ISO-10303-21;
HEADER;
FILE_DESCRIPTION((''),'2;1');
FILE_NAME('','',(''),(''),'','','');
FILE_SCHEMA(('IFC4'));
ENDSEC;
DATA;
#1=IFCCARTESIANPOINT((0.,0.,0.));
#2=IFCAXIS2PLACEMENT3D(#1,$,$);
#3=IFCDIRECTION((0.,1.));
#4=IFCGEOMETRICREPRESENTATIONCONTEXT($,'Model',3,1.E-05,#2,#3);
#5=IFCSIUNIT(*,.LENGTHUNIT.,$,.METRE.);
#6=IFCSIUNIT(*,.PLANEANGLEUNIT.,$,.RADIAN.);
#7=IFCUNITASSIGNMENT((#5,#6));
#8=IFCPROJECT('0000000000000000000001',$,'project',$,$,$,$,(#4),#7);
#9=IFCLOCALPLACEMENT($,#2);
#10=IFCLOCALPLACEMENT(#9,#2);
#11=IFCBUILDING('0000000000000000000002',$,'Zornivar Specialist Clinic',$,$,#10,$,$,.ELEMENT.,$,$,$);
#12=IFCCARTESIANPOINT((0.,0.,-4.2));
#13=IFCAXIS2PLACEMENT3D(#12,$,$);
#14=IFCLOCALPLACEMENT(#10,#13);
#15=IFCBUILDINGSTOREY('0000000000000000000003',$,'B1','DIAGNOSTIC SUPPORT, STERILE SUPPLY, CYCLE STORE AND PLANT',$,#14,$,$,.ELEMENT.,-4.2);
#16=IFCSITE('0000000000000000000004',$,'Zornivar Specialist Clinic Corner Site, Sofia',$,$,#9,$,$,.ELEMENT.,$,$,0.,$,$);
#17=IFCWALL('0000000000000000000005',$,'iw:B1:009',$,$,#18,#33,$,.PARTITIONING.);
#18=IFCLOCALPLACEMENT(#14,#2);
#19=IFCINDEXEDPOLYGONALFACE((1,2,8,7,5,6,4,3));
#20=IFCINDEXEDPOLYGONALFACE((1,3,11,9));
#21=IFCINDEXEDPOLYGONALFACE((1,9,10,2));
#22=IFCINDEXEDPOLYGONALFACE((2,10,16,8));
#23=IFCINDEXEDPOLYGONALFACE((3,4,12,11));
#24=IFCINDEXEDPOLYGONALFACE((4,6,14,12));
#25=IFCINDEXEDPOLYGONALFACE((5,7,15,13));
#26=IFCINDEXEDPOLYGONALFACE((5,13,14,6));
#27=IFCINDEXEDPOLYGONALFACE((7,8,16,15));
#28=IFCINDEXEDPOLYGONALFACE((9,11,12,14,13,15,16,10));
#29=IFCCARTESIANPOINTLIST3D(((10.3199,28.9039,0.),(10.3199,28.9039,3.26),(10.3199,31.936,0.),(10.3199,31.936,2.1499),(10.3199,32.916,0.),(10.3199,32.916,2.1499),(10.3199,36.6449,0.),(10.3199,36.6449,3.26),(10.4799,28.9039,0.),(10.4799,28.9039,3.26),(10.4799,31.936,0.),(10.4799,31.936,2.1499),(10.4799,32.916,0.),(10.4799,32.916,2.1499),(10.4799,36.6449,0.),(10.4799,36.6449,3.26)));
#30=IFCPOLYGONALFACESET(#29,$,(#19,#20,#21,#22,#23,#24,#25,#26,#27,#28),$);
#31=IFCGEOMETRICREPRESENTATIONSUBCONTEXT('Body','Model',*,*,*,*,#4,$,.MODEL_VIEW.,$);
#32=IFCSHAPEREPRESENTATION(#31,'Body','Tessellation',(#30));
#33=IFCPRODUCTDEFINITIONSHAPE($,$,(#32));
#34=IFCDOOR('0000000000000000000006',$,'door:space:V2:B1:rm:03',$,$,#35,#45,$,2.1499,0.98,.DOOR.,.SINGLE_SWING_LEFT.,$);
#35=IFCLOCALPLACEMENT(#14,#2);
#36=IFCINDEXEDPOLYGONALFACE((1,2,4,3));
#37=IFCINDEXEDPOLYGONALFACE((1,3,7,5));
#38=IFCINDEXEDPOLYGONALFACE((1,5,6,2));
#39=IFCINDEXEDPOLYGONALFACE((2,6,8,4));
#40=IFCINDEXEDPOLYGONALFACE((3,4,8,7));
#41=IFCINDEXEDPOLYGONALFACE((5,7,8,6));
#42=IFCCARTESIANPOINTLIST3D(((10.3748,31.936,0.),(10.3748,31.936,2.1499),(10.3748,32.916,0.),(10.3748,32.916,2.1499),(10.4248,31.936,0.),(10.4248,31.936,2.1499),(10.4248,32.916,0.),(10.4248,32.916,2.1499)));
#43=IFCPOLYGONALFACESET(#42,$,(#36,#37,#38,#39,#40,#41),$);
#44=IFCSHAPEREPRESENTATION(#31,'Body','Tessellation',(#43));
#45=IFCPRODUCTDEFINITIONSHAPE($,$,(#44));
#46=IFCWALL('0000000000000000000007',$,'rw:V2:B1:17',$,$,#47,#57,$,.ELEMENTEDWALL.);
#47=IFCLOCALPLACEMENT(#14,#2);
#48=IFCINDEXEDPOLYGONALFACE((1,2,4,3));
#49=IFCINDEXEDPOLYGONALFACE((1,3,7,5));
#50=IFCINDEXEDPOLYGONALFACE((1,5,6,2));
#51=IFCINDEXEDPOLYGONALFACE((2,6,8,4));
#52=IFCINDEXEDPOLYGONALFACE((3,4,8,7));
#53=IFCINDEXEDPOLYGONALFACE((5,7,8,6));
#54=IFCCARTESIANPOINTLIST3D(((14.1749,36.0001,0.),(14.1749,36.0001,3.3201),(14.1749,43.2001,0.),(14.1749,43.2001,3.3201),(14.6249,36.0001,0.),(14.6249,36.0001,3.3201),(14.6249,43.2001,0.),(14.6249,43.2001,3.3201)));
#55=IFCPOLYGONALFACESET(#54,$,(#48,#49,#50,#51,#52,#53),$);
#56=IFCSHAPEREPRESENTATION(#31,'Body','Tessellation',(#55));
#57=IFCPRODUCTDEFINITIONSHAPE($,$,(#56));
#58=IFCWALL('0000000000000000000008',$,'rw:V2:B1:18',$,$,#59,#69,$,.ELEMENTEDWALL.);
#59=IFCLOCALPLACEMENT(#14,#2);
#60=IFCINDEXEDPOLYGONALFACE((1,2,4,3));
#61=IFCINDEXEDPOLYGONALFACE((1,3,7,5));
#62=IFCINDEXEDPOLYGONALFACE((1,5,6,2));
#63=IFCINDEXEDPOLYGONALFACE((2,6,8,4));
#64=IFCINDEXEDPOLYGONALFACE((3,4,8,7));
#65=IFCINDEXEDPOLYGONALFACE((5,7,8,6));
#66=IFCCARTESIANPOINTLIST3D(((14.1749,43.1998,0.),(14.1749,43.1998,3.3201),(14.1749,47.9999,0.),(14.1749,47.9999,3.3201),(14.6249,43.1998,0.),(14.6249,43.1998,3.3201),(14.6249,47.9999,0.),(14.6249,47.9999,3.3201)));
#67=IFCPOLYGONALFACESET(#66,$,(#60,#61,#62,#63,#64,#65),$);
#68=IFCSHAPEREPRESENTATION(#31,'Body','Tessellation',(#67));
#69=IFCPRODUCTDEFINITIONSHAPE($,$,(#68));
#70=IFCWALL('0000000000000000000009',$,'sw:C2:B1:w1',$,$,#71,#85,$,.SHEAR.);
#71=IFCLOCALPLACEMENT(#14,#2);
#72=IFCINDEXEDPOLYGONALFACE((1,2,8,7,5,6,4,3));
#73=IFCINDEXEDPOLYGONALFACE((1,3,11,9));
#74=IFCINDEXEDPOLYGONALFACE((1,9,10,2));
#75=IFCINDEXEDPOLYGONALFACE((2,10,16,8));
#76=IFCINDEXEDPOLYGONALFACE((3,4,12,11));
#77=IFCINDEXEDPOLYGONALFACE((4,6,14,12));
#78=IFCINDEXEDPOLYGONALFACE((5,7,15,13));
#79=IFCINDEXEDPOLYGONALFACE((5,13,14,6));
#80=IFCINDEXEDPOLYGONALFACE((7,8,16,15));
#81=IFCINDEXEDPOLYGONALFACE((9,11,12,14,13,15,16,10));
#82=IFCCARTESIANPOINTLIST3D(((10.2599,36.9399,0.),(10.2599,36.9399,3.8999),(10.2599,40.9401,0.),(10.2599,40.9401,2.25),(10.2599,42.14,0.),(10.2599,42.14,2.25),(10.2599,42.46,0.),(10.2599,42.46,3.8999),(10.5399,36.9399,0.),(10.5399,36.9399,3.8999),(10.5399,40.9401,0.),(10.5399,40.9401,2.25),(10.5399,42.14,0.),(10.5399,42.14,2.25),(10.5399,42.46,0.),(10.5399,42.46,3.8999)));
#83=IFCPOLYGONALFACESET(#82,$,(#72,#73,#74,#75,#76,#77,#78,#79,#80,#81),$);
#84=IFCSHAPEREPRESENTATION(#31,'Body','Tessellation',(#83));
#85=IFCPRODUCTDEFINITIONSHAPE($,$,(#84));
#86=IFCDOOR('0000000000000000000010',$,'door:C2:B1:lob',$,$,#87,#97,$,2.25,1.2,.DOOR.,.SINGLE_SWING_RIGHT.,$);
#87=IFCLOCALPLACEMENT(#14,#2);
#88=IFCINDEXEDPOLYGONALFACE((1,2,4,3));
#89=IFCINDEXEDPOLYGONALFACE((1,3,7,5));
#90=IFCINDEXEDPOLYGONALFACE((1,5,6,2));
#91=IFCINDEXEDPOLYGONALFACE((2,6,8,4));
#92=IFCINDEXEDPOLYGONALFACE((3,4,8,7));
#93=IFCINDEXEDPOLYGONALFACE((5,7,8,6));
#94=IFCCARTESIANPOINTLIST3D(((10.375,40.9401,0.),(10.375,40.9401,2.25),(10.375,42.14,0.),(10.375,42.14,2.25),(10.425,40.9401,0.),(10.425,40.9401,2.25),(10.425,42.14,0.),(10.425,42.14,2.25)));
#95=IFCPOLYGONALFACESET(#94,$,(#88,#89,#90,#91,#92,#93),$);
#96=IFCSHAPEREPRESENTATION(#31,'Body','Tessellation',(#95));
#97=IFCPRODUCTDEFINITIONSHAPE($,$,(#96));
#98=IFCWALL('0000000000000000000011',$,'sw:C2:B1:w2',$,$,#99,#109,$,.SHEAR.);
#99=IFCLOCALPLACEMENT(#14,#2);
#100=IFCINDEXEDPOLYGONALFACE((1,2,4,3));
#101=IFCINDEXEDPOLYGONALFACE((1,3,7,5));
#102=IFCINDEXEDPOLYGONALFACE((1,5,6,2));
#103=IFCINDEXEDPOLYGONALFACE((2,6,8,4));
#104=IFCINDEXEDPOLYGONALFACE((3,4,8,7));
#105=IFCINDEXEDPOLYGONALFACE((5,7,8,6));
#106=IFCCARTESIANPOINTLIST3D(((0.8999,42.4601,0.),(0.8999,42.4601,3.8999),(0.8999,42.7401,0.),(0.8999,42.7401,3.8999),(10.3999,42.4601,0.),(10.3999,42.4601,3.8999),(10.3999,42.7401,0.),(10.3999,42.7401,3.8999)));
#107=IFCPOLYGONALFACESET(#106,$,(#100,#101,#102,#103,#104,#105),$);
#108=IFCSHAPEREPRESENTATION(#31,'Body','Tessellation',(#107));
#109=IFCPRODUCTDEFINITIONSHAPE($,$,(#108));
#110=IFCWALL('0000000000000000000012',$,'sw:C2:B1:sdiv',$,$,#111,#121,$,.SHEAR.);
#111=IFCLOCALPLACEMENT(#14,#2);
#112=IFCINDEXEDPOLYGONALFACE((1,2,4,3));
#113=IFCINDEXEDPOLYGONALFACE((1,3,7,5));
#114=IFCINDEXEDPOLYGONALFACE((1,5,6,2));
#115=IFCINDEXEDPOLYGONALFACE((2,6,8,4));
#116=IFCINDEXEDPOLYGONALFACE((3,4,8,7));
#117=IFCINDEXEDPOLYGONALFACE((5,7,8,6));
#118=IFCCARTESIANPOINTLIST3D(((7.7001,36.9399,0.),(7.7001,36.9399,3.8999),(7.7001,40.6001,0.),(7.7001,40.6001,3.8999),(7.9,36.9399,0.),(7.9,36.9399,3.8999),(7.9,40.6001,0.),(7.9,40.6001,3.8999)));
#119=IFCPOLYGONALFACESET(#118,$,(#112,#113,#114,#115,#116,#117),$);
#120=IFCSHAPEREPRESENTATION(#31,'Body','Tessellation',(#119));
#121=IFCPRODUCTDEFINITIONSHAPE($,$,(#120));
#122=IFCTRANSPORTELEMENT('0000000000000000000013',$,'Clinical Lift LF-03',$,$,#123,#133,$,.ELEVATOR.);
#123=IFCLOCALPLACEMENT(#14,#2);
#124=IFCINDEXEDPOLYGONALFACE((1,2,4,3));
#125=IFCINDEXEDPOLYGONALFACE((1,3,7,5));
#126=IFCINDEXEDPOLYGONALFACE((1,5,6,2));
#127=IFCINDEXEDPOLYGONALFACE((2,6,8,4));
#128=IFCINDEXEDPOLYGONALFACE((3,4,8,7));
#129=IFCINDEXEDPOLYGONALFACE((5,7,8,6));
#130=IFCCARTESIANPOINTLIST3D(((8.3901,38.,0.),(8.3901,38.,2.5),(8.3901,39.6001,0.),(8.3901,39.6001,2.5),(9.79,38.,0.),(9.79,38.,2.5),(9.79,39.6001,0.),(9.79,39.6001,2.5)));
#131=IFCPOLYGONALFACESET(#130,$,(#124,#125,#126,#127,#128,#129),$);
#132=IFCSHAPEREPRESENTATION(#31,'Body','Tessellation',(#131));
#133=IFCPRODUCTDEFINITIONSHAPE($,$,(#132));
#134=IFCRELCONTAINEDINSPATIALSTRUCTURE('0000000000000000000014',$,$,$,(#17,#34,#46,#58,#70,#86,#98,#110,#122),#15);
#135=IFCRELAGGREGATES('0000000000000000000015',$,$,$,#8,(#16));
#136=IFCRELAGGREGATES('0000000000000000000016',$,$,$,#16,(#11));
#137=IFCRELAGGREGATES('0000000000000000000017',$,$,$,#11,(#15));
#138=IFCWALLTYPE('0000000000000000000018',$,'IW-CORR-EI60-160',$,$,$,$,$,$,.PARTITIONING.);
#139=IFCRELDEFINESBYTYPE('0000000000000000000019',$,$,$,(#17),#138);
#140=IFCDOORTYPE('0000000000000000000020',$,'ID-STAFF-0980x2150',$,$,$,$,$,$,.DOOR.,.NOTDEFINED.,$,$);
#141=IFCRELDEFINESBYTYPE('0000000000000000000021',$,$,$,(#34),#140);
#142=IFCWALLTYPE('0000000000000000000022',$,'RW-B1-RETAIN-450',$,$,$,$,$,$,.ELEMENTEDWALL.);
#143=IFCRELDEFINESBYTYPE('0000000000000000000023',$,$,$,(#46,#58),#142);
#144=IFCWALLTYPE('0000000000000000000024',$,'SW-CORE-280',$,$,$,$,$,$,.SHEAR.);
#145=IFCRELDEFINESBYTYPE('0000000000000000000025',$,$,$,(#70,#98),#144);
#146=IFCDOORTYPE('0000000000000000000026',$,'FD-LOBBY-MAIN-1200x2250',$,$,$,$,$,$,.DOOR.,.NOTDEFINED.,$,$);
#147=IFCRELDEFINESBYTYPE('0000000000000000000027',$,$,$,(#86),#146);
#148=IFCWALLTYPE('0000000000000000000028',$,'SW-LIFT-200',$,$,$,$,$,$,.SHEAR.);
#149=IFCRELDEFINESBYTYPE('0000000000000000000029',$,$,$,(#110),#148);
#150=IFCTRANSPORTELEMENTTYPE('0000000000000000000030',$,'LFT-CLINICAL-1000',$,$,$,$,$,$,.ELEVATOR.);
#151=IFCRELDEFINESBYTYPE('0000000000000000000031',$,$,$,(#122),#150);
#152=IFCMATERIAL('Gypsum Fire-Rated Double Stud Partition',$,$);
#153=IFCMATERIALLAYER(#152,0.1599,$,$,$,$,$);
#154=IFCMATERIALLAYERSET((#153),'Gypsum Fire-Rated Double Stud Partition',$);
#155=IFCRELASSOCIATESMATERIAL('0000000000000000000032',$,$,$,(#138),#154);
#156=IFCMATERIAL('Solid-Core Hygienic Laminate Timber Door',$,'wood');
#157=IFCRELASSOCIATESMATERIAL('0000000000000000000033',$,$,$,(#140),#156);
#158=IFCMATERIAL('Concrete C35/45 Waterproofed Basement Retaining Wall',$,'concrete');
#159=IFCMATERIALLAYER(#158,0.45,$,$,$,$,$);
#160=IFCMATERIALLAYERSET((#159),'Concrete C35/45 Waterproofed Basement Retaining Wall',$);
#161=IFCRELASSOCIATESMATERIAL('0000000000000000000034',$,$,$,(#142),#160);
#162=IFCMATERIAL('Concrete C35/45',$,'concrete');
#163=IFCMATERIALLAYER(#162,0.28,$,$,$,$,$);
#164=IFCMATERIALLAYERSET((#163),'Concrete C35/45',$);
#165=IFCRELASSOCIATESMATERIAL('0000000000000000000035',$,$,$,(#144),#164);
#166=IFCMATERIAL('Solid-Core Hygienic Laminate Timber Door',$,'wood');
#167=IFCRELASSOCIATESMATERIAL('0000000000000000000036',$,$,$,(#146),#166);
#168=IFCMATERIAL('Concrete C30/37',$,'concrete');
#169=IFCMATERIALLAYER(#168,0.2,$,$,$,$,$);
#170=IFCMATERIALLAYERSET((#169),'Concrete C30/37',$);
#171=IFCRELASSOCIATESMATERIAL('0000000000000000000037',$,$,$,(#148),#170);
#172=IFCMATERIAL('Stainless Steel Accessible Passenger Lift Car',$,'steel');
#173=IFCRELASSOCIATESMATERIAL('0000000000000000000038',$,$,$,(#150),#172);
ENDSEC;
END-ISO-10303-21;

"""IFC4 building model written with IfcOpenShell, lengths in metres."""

from ifc_helpers import new_model, si_unit, direction, frame, frame_2d, origin, origin_2d, place, context, subcontext, project, spatial, rectangle, extrude, material, layer, layer_set, type_object, element, fill, save


model = new_model("IFC4")

# Units and contexts
model_context = context("Model", 3, precision=1e-05, world=origin(), true_north=direction((0.0, 1.0)))
body_context = subcontext(model_context, "Body", "Model", "MODEL_VIEW")
ifc_project = project(units=[si_unit("LENGTHUNIT", "METRE"), si_unit("PLANEANGLEUNIT", "RADIAN")], contexts=[model_context])

# Site, building, storey
site_placement = place(None, origin())
site = spatial("IfcSite", under=ifc_project, at=site_placement, Name="Zornivar Specialist Clinic Corner Site, Sofia", CompositionType="ELEMENT", RefElevation=0.0)
building_placement = place(site_placement, origin())
building = spatial("IfcBuilding", under=site, at=building_placement, Name="Zornivar Specialist Clinic", CompositionType="ELEMENT")
storey_placement = place(building_placement, frame((0.0, 0.0, -4.2)))
storey = spatial("IfcBuildingStorey", under=building, at=storey_placement, Name="B1", Description="DIAGNOSTIC SUPPORT, STERILE SUPPLY, CYCLE STORE AND PLANT", CompositionType="ELEMENT", Elevation=-4.2)

# Wall, opening, door
ifc_material_1 = material(Name="Gypsum Fire-Rated Double Stud Partition")
ifc_layer_1 = layer(ifc_material_1, 0.1599)
ifc_layer_set_1 = layer_set([ifc_layer_1], Name="Gypsum Fire-Rated Double Stud Partition")
wall_type_1 = type_object("IfcWallType", Name="IW-CORR-EI60-160", PredefinedType="PARTITIONING", material=ifc_layer_set_1)
wall_1_placement = place(storey_placement, frame((10.3999, 36.645, 0.0), z_axis=(0.0, 0.0, 1.0), x_axis=(0.0, -1.0, 0.0)))
wall_1 = element("IfcWall", 1, at=wall_1_placement, inside=storey, type_object=wall_type_1, Name="iw:B1:009", PredefinedType="PARTITIONING", context=body_context, shape_type="SweptSolid", body=[
    extrude(rectangle(XDim=7.741, YDim=0.1599, at=frame_2d((3.8706, 0.0))), origin(), (0.0, 0.0, 1.0), 3.26),
])
opening_1_placement = place(wall_1_placement, frame((3.729, 0.0, 0.0)))
opening_1 = element("IfcOpeningElement", 2, at=opening_1_placement, cuts=wall_1, PredefinedType="OPENING", context=body_context, shape_type="SweptSolid", body=[
    extrude(rectangle(XDim=0.98, YDim=2.1499, at=frame_2d((0.49, 1.075))), frame((0.0, 0.0898, 0.0), z_axis=(0.0, -1.0, 0.0), x_axis=(1.0, 0.0, 0.0)), (0.0, 0.0, 1.0), 0.1799),
])
ifc_material_2 = material(Name="Solid-Core Hygienic Laminate Timber Door", Category="wood")
door_type_1 = type_object("IfcDoorType", Name="ID-STAFF-0980x2150", OperationType="NOTDEFINED", PredefinedType="DOOR", material=ifc_material_2)
door_1_placement = place(opening_1_placement, origin())
door_1 = element("IfcDoor", 3, at=door_1_placement, inside=storey, type_object=door_type_1, Name="door:space:V2:B1:rm:03", OperationType="SINGLE_SWING_LEFT", OverallHeight=2.1499, OverallWidth=0.98, PredefinedType="DOOR", context=body_context, shape_type="SweptSolid", body=[
    extrude(rectangle(XDim=0.98, YDim=2.1499, at=frame_2d((0.49, 1.075))), frame((0.0, 0.0249, 0.0), z_axis=(0.0, -1.0, 0.0), x_axis=(1.0, 0.0, 0.0)), (0.0, 0.0, 1.0), 0.05),
])
fill(opening_1, door_1)

# Walls
ifc_material_3 = material(Name="Concrete C35/45 Waterproofed Basement Retaining Wall", Category="concrete")
ifc_layer_2 = layer(ifc_material_3, 0.45)
ifc_layer_set_2 = layer_set([ifc_layer_2], Name="Concrete C35/45 Waterproofed Basement Retaining Wall")
wall_type_2 = type_object("IfcWallType", Name="RW-B1-RETAIN-450", PredefinedType="ELEMENTEDWALL", material=ifc_layer_set_2)
wall_2_placement = place(storey_placement, frame((14.3999, 36.0, 0.0), z_axis=(0.0, 0.0, 1.0), x_axis=(0.0, 1.0, 0.0)))
element("IfcWall", 4, at=wall_2_placement, inside=storey, type_object=wall_type_2, Name="rw:V2:B1:17", PredefinedType="ELEMENTEDWALL", context=body_context, shape_type="SweptSolid", body=[
    extrude(rectangle(XDim=7.2, YDim=0.45, at=frame_2d((3.6001, 0.0))), origin(), (0.0, 0.0, 1.0), 3.3201),
])
wall_3_placement = place(storey_placement, frame((14.3999, 43.2, 0.0), z_axis=(0.0, 0.0, 1.0), x_axis=(0.0, 1.0, 0.0)))
element("IfcWall", 5, at=wall_3_placement, inside=storey, type_object=wall_type_2, Name="rw:V2:B1:18", PredefinedType="ELEMENTEDWALL", context=body_context, shape_type="SweptSolid", body=[
    extrude(rectangle(XDim=4.8, YDim=0.45, at=frame_2d((2.3999, 0.0))), origin(), (0.0, 0.0, 1.0), 3.3201),
])

# Wall, opening, door
ifc_material_4 = material(Name="Concrete C35/45", Category="concrete")
ifc_layer_3 = layer(ifc_material_4, 0.28)
ifc_layer_set_3 = layer_set([ifc_layer_3], Name="Concrete C35/45")
wall_type_3 = type_object("IfcWallType", Name="SW-CORE-280", PredefinedType="SHEAR", material=ifc_layer_set_3)
wall_4_placement = place(storey_placement, frame((10.3999, 36.9399, 0.0), z_axis=(0.0, 0.0, 1.0), x_axis=(0.0, 1.0, 0.0)))
wall_4 = element("IfcWall", 6, at=wall_4_placement, inside=storey, type_object=wall_type_3, Name="sw:C2:B1:w1", PredefinedType="SHEAR", context=body_context, shape_type="SweptSolid", body=[
    extrude(rectangle(XDim=5.52, YDim=0.28, at=frame_2d((2.76, 0.0))), origin(), (0.0, 0.0, 1.0), 3.8999),
])
opening_2_placement = place(wall_4_placement, frame((4.0, 0.0, 0.0)))
opening_2 = element("IfcOpeningElement", 7, at=opening_2_placement, cuts=wall_4, PredefinedType="OPENING", context=body_context, shape_type="SweptSolid", body=[
    extrude(rectangle(XDim=1.2, YDim=2.25, at=frame_2d((0.6001, 1.125))), frame((0.0, 0.1499, 0.0), z_axis=(0.0, -1.0, 0.0), x_axis=(1.0, 0.0, 0.0)), (0.0, 0.0, 1.0), 0.3),
])
ifc_material_5 = material(Name="Solid-Core Hygienic Laminate Timber Door", Category="wood")
door_type_2 = type_object("IfcDoorType", Name="FD-LOBBY-MAIN-1200x2250", OperationType="NOTDEFINED", PredefinedType="DOOR", material=ifc_material_5)
door_2_placement = place(opening_2_placement, origin())
door_2 = element("IfcDoor", 8, at=door_2_placement, inside=storey, type_object=door_type_2, Name="door:C2:B1:lob", OperationType="SINGLE_SWING_RIGHT", OverallHeight=2.25, OverallWidth=1.2, PredefinedType="DOOR", context=body_context, shape_type="SweptSolid", body=[
    extrude(rectangle(XDim=1.2, YDim=2.25, at=frame_2d((0.6001, 1.125))), frame((0.0, 0.0249, 0.0), z_axis=(0.0, -1.0, 0.0), x_axis=(1.0, 0.0, 0.0)), (0.0, 0.0, 1.0), 0.05),
])
fill(opening_2, door_2)

# Walls
wall_5_placement = place(storey_placement, frame((10.3999, 42.6001, 0.0), z_axis=(0.0, 0.0, 1.0), x_axis=(-1.0, 0.0, 0.0)))
element("IfcWall", 9, at=wall_5_placement, inside=storey, type_object=wall_type_3, Name="sw:C2:B1:w2", PredefinedType="SHEAR", context=body_context, shape_type="SweptSolid", body=[
    extrude(rectangle(XDim=9.5, YDim=0.28, at=frame_2d((4.75, 0.0))), origin(), (0.0, 0.0, 1.0), 3.8999),
])
ifc_material_6 = material(Name="Concrete C30/37", Category="concrete")
ifc_layer_4 = layer(ifc_material_6, 0.2)
ifc_layer_set_4 = layer_set([ifc_layer_4], Name="Concrete C30/37")
wall_type_4 = type_object("IfcWallType", Name="SW-LIFT-200", PredefinedType="SHEAR", material=ifc_layer_set_4)
wall_6_placement = place(storey_placement, frame((7.8, 36.9399, 0.0), z_axis=(0.0, 0.0, 1.0), x_axis=(0.0, 1.0, 0.0)))
element("IfcWall", 10, at=wall_6_placement, inside=storey, type_object=wall_type_4, Name="sw:C2:B1:sdiv", PredefinedType="SHEAR", context=body_context, shape_type="SweptSolid", body=[
    extrude(rectangle(XDim=3.6602, YDim=0.2, at=frame_2d((1.8301, 0.0))), origin(), (0.0, 0.0, 1.0), 3.8999),
])

# Transport element
ifc_material_7 = material(Name="Stainless Steel Accessible Passenger Lift Car", Category="steel")
transport_element_type = type_object("IfcTransportElementType", Name="LFT-CLINICAL-1000", PredefinedType="ELEVATOR", material=ifc_material_7)
transport_element_placement = place(storey_placement, frame((9.0901, 38.8, 0.0), z_axis=(0.0, 0.0, 1.0), x_axis=(1.0, 0.0, 0.0)))
element("IfcTransportElement", 11, at=transport_element_placement, inside=storey, type_object=transport_element_type, Name="Clinical Lift LF-03", PredefinedType="ELEVATOR", context=body_context, shape_type="SweptSolid", body=[
    extrude(rectangle(XDim=1.3999, YDim=1.6001, at=origin_2d()), origin(), (0.0, 0.0, 1.0), 2.5),
])

save(model, "model.ifc")
